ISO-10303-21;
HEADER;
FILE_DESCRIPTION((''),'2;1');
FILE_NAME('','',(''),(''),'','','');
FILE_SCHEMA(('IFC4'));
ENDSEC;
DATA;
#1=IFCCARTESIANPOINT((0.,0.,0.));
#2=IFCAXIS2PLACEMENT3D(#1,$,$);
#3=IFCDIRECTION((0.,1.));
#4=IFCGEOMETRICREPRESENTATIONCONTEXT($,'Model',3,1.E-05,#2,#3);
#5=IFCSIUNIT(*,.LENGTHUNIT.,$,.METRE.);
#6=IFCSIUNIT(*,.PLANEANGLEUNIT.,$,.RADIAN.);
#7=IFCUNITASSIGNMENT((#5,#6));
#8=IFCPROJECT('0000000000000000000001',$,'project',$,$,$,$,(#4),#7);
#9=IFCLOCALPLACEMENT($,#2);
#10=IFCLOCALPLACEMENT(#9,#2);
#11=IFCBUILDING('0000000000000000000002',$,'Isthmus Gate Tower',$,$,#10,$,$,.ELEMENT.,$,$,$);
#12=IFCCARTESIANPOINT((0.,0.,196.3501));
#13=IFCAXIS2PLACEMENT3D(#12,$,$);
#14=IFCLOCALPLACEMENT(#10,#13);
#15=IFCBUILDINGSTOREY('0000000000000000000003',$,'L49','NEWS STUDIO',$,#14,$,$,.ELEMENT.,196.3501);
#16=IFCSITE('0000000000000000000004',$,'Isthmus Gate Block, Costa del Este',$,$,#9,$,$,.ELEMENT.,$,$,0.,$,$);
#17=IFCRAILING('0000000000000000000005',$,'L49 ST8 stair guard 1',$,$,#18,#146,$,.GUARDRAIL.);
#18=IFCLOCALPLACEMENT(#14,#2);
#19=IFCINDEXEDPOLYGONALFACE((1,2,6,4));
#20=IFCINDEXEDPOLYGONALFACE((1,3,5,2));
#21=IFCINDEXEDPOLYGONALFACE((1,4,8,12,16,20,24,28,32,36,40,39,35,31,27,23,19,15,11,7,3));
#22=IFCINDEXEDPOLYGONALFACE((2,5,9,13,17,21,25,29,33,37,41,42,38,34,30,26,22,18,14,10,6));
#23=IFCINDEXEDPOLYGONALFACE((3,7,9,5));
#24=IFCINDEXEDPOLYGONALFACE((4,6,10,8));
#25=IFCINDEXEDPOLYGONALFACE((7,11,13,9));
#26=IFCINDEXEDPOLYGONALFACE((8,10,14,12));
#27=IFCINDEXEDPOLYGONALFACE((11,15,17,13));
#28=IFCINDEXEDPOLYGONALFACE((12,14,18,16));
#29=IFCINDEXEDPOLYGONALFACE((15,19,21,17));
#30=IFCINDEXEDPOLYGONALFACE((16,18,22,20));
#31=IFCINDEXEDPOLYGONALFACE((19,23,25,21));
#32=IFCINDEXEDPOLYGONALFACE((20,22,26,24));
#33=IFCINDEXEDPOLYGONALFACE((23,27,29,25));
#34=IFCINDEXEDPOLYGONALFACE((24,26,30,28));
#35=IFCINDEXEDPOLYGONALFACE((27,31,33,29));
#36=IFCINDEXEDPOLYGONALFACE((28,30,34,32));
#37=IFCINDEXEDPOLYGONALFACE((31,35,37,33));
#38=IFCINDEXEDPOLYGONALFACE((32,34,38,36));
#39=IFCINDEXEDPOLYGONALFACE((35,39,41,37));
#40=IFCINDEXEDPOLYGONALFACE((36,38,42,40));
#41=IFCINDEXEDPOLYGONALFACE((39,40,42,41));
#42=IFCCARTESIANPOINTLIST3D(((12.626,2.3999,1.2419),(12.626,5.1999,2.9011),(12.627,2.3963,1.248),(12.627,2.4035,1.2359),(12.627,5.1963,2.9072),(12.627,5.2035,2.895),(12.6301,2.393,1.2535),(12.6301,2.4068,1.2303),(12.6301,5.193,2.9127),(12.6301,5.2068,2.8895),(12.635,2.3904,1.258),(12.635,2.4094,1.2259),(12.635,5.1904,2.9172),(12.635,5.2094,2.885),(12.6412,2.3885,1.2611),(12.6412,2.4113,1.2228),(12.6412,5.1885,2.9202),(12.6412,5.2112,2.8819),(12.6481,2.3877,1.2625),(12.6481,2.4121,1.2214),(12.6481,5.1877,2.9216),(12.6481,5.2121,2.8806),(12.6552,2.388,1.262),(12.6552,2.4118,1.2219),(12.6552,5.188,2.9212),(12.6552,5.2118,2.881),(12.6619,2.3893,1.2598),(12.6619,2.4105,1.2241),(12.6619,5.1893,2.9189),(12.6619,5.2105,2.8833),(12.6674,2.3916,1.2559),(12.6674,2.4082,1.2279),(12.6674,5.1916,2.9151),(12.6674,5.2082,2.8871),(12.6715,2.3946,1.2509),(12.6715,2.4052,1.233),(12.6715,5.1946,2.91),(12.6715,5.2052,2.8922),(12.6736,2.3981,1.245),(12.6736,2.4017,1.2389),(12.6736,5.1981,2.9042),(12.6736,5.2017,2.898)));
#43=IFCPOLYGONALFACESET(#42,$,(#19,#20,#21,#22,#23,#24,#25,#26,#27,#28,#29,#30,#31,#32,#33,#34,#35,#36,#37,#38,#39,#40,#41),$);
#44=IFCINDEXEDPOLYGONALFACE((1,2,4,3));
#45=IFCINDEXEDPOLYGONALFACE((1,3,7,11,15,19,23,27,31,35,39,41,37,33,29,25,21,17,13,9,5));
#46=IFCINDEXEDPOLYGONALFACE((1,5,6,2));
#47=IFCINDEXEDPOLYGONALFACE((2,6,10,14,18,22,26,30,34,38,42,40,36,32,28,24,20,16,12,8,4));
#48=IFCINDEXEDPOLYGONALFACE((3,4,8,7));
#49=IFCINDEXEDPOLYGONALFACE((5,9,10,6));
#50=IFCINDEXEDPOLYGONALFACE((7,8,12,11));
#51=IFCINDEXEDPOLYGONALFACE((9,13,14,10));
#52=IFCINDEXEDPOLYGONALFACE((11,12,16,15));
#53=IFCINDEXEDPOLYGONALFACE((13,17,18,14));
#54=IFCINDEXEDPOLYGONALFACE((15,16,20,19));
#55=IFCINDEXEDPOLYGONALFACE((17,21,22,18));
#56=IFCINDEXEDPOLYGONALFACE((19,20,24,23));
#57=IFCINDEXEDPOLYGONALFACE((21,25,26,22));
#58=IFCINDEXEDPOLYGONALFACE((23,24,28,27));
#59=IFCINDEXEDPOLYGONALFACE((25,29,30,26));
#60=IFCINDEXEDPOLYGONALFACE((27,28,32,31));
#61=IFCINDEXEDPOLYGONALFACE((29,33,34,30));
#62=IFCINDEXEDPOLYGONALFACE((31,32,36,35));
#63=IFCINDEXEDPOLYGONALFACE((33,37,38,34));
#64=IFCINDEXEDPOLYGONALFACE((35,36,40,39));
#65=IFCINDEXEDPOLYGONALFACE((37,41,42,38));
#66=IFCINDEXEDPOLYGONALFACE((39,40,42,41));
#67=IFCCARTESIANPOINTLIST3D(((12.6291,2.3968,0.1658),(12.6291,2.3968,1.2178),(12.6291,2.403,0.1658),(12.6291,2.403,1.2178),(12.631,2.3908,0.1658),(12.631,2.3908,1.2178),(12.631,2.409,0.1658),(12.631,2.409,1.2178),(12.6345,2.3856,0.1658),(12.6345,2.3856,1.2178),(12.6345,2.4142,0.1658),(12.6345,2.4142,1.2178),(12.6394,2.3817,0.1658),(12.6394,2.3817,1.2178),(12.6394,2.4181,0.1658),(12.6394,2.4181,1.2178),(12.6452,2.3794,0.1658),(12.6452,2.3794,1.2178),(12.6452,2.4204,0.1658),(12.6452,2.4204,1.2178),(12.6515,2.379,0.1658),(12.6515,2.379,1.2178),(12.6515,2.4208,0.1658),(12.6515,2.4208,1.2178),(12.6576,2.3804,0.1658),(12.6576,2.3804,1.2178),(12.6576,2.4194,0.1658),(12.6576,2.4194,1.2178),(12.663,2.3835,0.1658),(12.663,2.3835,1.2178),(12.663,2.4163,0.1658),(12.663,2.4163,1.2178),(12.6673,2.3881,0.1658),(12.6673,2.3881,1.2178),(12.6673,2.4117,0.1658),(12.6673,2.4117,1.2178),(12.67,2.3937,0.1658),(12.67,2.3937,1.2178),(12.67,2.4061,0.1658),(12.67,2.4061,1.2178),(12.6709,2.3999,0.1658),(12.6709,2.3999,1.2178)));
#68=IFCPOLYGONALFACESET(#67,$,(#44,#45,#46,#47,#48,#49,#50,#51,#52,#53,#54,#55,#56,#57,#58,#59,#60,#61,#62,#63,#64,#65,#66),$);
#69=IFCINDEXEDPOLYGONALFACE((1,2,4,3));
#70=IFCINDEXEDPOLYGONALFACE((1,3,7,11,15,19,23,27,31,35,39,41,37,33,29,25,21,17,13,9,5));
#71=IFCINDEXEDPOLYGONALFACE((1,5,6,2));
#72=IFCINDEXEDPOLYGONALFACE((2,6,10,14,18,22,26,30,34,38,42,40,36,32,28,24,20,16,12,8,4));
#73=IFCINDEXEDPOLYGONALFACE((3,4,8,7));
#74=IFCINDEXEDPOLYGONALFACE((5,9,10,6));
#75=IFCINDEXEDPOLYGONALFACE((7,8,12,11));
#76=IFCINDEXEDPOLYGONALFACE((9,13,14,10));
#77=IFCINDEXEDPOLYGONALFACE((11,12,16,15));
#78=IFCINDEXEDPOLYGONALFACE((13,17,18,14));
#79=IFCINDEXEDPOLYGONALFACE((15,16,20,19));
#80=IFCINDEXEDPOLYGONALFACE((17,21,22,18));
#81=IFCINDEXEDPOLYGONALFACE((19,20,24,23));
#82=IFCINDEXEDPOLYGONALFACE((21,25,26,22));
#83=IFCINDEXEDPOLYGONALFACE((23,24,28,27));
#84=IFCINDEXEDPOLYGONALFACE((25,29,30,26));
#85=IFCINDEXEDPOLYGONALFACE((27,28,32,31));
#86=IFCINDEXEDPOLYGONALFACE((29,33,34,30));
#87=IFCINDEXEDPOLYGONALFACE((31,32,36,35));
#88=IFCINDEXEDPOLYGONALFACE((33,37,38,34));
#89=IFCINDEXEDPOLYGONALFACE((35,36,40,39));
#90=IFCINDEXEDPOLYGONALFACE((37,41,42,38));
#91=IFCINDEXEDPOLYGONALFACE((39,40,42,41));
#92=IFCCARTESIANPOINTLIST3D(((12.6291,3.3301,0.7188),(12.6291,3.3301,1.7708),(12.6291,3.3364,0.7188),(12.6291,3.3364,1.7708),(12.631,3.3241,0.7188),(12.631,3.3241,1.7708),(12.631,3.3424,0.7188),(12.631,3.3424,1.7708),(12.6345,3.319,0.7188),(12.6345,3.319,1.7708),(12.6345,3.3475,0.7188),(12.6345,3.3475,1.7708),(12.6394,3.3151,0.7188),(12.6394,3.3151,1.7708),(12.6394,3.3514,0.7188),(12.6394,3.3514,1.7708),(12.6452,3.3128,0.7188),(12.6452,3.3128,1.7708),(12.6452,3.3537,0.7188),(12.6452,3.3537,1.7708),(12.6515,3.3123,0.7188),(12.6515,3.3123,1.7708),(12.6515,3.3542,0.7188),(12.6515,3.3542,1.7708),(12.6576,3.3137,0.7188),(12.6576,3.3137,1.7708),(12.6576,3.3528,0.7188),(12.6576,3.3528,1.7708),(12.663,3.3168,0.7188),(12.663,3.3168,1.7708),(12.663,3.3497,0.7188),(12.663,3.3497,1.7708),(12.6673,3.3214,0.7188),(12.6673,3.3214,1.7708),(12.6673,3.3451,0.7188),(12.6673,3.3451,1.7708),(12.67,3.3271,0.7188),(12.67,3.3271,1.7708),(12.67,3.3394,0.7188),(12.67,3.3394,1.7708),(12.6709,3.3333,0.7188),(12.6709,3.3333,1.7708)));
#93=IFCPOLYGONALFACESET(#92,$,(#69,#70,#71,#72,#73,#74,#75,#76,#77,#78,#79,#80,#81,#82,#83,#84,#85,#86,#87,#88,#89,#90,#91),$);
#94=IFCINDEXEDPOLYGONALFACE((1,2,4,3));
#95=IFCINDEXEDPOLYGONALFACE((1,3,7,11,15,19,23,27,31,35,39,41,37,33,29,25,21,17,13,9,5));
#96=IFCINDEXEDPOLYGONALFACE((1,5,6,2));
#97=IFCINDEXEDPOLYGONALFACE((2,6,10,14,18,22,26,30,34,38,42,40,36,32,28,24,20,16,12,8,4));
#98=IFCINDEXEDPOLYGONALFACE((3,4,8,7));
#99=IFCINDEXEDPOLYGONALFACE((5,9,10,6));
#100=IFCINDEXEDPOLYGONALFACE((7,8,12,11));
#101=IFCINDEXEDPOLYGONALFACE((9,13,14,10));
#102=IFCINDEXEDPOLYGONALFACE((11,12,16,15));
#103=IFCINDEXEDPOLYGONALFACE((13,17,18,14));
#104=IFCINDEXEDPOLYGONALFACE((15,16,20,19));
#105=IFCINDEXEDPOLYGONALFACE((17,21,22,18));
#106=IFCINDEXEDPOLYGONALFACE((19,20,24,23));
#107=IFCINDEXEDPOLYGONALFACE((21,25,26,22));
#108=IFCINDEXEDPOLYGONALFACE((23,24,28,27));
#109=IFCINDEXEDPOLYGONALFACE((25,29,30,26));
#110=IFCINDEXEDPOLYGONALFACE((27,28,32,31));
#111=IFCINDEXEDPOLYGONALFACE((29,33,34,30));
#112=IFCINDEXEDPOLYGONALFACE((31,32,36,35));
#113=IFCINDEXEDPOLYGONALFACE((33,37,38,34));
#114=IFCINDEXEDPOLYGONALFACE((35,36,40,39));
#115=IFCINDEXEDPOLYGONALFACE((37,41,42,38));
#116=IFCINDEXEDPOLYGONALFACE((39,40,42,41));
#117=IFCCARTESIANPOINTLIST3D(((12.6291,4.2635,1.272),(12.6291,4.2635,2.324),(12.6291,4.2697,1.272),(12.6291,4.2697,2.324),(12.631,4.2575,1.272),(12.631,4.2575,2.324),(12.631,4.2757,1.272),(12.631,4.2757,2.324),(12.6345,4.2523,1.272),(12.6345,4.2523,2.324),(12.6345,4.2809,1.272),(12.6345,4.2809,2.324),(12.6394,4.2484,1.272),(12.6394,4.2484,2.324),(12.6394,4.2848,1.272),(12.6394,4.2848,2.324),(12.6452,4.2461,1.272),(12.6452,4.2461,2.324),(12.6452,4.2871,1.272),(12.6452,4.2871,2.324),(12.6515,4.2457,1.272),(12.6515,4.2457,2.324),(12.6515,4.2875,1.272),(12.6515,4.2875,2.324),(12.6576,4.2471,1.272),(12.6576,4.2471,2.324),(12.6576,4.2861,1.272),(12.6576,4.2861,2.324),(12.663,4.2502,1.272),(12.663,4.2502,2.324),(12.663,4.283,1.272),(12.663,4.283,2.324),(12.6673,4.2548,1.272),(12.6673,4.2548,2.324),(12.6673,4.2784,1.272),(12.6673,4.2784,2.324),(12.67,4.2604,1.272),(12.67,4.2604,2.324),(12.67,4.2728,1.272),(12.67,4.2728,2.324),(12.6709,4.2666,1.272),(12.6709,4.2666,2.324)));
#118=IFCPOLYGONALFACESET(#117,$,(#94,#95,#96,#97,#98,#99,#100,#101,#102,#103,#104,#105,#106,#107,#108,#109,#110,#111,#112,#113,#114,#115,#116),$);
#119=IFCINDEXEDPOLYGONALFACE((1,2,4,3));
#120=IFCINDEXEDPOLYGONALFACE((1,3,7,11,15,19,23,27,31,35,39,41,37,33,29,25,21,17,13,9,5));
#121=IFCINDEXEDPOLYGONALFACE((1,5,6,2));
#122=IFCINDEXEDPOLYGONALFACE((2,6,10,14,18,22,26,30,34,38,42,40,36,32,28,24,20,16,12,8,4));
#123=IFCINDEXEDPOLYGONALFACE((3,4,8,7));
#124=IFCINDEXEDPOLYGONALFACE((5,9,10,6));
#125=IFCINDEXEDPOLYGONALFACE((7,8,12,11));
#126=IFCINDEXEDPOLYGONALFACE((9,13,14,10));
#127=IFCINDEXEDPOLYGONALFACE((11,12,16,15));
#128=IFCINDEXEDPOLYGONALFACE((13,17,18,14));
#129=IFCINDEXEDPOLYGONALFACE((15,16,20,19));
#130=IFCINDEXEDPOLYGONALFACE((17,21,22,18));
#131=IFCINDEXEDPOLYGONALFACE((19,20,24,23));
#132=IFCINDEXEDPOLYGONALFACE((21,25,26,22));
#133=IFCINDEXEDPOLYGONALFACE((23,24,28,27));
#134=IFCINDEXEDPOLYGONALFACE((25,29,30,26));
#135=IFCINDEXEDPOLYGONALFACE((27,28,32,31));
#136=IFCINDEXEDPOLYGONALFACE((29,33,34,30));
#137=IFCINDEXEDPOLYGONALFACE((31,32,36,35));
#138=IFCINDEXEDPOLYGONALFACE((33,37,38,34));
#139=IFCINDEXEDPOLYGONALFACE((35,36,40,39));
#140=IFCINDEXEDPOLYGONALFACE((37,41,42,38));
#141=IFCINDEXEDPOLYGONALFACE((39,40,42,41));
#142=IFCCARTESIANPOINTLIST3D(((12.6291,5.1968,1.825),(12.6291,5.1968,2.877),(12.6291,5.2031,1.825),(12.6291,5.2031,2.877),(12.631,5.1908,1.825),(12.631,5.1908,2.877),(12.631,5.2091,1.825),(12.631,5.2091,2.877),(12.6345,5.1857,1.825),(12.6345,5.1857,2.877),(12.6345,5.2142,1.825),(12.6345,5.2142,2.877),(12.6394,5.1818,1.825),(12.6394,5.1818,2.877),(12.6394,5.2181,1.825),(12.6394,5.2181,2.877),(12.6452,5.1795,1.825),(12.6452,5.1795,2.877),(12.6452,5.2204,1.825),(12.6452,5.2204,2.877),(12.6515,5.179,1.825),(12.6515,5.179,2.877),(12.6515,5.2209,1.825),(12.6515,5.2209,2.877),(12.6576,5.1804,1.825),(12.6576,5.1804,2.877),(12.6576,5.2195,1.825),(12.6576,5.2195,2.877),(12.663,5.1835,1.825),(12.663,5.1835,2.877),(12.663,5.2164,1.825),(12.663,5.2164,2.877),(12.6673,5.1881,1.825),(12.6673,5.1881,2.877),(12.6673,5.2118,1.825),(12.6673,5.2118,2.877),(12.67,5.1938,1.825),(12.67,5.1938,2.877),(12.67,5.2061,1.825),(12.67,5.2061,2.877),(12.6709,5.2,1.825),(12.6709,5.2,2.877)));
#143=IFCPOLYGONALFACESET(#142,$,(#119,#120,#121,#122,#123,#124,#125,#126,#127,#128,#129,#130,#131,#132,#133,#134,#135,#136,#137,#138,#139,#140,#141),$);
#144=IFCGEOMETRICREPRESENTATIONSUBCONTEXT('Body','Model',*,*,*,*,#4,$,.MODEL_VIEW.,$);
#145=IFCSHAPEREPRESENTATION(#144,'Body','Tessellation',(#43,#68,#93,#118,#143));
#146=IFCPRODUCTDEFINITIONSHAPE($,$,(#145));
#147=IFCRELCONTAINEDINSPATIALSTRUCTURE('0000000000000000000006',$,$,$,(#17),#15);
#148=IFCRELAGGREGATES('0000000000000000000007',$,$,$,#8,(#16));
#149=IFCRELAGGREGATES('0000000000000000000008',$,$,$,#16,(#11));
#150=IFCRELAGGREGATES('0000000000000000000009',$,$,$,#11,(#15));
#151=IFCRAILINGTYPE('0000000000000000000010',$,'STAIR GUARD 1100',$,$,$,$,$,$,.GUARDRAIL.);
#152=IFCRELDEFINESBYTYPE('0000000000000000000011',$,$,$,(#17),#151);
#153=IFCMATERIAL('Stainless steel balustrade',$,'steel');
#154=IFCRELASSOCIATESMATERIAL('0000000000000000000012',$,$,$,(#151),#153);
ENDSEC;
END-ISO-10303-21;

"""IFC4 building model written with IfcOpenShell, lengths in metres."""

from ifc_helpers import new_model, si_unit, direction, frame, origin, origin_2d, place, context, subcontext, project, spatial, circle, extrude, material, type_object, element, save


model = new_model("IFC4")

# Units and contexts
model_context = context("Model", 3, precision=1e-05, world=origin(), true_north=direction((0.0, 1.0)))
body_context = subcontext(model_context, "Body", "Model", "MODEL_VIEW")
ifc_project = project(units=[si_unit("LENGTHUNIT", "METRE"), si_unit("PLANEANGLEUNIT", "RADIAN")], contexts=[model_context])

# Site, building, storey
site_placement = place(None, origin())
site = spatial("IfcSite", under=ifc_project, at=site_placement, Name="Isthmus Gate Block, Costa del Este", CompositionType="ELEMENT", RefElevation=0.0)
building_placement = place(site_placement, origin())
building = spatial("IfcBuilding", under=site, at=building_placement, Name="Isthmus Gate Tower", CompositionType="ELEMENT")
storey_placement = place(building_placement, frame((0.0, 0.0, 196.3501)))
storey = spatial("IfcBuildingStorey", under=building, at=storey_placement, Name="L49", Description="NEWS STUDIO", CompositionType="ELEMENT", Elevation=196.3501)

# Railing
ifc_material_1 = material(Name="Stainless steel balustrade", Category="steel")
railing_type_1 = type_object("IfcRailingType", Name="STAIR GUARD 1100", PredefinedType="GUARDRAIL", material=ifc_material_1)
railing_1_placement = place(storey_placement, frame((12.6499, 2.3999, 0.1658)))
element("IfcRailing", 1, at=railing_1_placement, inside=storey, type_object=railing_type_1, Name="L49 ST8 stair guard 1", PredefinedType="GUARDRAIL", context=body_context, shape_type="SweptSolid", body=[
    extrude(circle(Radius=0.0239, at=origin_2d()), frame((0.0, 0.0, 1.0762), z_axis=(0.0, 0.860306, 0.509778), x_axis=(-1.0, 0.0, 0.0)), (0.0, 0.0, 1.0), 3.2546),
    extrude(circle(Radius=0.021, at=origin_2d()), origin(), (0.0, 0.0, 1.0), 1.052),
    extrude(circle(Radius=0.021, at=origin_2d()), frame((0.0, 0.9333, 0.553)), (0.0, 0.0, 1.0), 1.052),
    extrude(circle(Radius=0.021, at=origin_2d()), frame((0.0, 1.8667, 1.1062)), (0.0, 0.0, 1.0), 1.052),
    extrude(circle(Radius=0.021, at=origin_2d()), frame((0.0, 2.8, 1.6592)), (0.0, 0.0, 1.0), 1.052),
])

save(model, "model.ifc")
